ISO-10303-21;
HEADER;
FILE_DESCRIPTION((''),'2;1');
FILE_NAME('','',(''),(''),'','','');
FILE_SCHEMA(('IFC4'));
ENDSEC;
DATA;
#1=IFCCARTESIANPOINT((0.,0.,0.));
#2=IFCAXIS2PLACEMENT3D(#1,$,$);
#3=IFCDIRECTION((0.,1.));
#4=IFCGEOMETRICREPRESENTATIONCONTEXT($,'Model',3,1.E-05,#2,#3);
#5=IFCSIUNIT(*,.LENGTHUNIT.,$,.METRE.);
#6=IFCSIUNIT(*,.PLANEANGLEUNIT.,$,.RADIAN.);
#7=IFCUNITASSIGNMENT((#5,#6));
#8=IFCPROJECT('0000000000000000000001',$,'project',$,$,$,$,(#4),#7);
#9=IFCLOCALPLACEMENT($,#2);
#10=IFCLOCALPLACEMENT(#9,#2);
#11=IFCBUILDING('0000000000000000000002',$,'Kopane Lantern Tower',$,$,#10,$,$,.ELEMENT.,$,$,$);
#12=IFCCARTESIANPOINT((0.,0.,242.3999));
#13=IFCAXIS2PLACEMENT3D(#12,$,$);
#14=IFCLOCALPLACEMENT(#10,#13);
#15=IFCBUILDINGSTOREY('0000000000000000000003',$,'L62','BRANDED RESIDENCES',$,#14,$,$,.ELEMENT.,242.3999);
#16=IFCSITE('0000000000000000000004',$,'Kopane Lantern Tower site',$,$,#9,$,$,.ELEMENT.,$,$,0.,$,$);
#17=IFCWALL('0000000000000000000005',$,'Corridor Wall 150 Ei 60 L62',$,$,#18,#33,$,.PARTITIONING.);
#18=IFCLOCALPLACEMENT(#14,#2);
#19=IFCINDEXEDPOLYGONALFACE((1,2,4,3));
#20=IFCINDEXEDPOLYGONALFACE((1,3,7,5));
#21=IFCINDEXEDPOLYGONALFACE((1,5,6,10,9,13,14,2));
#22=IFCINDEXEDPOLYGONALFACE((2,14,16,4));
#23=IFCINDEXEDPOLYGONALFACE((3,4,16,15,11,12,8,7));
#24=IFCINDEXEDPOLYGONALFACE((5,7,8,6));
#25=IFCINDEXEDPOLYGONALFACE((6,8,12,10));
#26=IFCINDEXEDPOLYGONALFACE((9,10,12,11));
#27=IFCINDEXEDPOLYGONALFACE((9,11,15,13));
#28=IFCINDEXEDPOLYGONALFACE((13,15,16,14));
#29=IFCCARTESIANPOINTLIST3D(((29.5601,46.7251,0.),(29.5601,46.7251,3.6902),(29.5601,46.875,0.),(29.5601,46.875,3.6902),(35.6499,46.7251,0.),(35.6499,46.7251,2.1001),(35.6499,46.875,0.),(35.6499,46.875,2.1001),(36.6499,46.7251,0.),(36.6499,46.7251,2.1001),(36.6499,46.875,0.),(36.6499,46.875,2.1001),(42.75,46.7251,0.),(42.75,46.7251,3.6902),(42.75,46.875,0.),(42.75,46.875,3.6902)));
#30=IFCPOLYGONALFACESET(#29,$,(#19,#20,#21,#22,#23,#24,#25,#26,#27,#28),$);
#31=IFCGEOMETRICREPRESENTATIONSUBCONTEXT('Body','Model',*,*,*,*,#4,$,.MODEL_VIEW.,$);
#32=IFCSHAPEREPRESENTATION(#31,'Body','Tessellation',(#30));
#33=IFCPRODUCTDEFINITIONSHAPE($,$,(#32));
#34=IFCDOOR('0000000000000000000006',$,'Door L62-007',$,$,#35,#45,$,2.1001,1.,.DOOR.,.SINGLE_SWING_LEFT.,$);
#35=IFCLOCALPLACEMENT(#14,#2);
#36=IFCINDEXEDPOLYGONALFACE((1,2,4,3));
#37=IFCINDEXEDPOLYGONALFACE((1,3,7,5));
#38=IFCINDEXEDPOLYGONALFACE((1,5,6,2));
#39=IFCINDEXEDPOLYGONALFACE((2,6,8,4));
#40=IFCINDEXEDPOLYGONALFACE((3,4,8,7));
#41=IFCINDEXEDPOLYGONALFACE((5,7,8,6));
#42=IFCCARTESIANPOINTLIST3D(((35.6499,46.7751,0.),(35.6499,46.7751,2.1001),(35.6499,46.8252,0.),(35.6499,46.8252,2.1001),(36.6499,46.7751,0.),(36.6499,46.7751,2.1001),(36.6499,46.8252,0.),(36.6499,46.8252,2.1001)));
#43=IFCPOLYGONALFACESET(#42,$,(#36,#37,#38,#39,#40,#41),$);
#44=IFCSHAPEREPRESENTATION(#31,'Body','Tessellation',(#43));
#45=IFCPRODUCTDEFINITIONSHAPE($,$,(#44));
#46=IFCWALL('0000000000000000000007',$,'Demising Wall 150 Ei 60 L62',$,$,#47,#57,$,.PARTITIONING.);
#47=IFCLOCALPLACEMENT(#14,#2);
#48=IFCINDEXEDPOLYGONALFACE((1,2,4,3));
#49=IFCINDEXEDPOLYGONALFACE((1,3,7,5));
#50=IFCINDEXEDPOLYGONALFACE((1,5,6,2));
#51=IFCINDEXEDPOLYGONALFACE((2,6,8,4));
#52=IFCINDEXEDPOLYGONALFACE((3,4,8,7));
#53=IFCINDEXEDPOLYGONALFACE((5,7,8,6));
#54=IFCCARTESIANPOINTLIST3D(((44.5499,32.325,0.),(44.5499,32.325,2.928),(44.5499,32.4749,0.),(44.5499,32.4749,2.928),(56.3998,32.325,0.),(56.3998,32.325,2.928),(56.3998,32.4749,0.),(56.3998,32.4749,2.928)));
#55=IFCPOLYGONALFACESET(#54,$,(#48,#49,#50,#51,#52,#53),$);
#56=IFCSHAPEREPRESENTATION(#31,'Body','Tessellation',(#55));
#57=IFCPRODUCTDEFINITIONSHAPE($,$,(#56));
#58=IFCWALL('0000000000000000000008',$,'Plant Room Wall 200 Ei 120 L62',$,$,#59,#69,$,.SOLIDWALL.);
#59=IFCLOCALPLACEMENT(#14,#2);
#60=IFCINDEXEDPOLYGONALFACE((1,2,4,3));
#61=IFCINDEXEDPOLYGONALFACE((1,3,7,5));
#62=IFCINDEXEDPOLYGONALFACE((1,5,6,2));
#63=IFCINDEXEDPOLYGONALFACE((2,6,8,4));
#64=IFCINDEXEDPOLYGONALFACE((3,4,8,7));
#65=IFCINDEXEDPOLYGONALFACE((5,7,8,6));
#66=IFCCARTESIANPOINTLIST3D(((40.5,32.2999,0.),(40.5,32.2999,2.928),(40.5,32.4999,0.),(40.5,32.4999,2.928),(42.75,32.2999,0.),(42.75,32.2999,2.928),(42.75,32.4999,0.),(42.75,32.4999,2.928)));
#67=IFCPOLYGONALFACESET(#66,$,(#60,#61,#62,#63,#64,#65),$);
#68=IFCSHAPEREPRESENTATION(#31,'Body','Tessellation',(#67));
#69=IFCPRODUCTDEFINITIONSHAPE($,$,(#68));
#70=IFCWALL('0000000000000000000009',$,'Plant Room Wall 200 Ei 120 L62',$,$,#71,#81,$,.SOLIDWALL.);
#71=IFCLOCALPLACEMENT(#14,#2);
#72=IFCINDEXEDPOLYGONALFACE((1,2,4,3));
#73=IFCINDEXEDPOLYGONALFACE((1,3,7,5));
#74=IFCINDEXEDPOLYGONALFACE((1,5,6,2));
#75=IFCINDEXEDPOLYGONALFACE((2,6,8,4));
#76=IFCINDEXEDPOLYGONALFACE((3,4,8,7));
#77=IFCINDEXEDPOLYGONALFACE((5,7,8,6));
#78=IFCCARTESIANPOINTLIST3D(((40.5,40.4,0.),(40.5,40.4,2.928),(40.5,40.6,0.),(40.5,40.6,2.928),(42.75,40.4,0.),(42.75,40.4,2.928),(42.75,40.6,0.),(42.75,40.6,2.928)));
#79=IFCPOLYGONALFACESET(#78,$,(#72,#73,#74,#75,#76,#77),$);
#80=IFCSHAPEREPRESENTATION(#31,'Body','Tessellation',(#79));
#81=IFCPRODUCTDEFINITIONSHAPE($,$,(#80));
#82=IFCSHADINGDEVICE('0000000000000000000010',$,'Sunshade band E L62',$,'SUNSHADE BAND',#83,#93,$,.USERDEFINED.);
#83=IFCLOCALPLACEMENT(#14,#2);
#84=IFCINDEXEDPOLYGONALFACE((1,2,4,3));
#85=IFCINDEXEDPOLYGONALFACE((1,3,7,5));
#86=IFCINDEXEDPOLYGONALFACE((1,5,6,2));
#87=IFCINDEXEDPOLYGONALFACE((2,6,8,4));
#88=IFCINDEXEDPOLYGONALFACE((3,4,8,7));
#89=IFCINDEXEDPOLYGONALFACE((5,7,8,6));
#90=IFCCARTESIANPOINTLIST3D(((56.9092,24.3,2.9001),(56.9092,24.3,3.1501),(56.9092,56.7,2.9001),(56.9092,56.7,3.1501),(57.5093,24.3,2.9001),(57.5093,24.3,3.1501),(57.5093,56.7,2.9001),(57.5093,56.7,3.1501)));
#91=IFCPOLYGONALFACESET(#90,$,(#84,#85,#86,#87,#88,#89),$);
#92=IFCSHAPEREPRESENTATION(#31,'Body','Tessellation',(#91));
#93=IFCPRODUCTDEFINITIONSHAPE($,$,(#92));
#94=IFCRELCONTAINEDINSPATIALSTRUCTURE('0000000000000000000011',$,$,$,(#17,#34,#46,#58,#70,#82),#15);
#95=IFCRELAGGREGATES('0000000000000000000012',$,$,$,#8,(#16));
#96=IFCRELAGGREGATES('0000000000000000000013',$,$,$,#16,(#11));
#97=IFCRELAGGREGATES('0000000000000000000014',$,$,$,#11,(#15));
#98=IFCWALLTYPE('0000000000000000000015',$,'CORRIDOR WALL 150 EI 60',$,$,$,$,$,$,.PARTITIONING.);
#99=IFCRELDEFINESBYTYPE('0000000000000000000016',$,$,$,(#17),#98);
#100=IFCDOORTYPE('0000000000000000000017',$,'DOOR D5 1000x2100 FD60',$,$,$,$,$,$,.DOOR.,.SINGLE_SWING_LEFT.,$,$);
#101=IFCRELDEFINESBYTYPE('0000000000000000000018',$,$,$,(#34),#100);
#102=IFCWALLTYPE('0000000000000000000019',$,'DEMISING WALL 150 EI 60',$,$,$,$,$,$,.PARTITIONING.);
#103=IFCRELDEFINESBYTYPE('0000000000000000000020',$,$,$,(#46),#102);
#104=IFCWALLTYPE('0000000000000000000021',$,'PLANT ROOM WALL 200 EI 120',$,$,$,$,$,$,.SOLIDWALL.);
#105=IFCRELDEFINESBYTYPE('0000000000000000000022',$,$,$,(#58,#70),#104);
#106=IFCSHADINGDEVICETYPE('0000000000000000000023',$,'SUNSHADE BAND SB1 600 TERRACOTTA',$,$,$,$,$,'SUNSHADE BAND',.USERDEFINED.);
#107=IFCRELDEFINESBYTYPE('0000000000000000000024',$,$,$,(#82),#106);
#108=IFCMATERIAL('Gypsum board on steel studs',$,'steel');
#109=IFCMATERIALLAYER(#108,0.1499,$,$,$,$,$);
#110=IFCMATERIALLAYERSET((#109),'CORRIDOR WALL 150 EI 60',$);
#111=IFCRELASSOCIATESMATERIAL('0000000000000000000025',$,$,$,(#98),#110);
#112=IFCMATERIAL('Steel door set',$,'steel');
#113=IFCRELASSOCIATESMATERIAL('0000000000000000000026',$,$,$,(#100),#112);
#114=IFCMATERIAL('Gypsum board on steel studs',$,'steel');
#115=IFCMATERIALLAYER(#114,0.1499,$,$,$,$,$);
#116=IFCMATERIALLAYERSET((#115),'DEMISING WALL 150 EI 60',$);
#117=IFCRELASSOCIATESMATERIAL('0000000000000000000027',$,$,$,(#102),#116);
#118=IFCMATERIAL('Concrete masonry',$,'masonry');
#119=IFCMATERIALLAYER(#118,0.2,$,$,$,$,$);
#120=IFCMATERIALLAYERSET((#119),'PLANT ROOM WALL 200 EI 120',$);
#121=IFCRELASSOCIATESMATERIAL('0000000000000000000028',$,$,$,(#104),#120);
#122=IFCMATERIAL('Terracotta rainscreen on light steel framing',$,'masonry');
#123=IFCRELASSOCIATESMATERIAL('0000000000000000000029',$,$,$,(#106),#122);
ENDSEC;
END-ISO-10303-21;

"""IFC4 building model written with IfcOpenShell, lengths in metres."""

from ifc_helpers import new_model, si_unit, direction, frame, frame_2d, origin, origin_2d, place, context, subcontext, project, spatial, rectangle, extrude, material, layer, layer_set, type_object, element, fill, save


model = new_model("IFC4")

# Units and contexts
model_context = context("Model", 3, precision=1e-05, world=origin(), true_north=direction((0.0, 1.0)))
body_context = subcontext(model_context, "Body", "Model", "MODEL_VIEW")
ifc_project = project(units=[si_unit("LENGTHUNIT", "METRE"), si_unit("PLANEANGLEUNIT", "RADIAN")], contexts=[model_context])

# Site, building, storey
site_placement = place(None, origin())
site = spatial("IfcSite", under=ifc_project, at=site_placement, Name="Kopane Lantern Tower site", CompositionType="ELEMENT", RefElevation=0.0)
building_placement = place(site_placement, origin())
building = spatial("IfcBuilding", under=site, at=building_placement, Name="Kopane Lantern Tower", CompositionType="ELEMENT")
storey_placement = place(building_placement, frame((0.0, 0.0, 242.3999)))
storey = spatial("IfcBuildingStorey", under=building, at=storey_placement, Name="L62", Description="BRANDED RESIDENCES", CompositionType="ELEMENT", Elevation=242.3999)

# Wall, opening, door
ifc_material_1 = material(Name="Gypsum board on steel studs", Category="steel")
ifc_layer_1 = layer(ifc_material_1, 0.1499)
ifc_layer_set_1 = layer_set([ifc_layer_1], Name="CORRIDOR WALL 150 EI 60")
wall_type_1 = type_object("IfcWallType", Name="CORRIDOR WALL 150 EI 60", PredefinedType="PARTITIONING", material=ifc_layer_set_1)
wall_1_placement = place(storey_placement, frame((42.75, 46.8, 0.0), z_axis=(0.0, 0.0, 1.0), x_axis=(-1.0, 0.0, 0.0)))
wall_1 = element("IfcWall", 1, at=wall_1_placement, inside=storey, type_object=wall_type_1, Name="Corridor Wall 150 Ei 60 L62", PredefinedType="PARTITIONING", context=body_context, shape_type="SweptSolid", body=[
    extrude(rectangle(XDim=13.1899, YDim=0.1499, at=frame_2d((6.595, 0.0))), origin(), (0.0, 0.0, 1.0), 3.6902),
])
opening_1_placement = place(wall_1_placement, frame((6.1001, 0.0, 0.0)))
opening_1 = element("IfcOpeningElement", 2, at=opening_1_placement, cuts=wall_1, PredefinedType="OPENING", context=body_context, shape_type="SweptSolid", body=[
    extrude(rectangle(XDim=1.0, YDim=2.1001, at=frame_2d((0.5, 1.05))), frame((0.0, 0.085, 0.0), z_axis=(0.0, -1.0, 0.0), x_axis=(1.0, 0.0, 0.0)), (0.0, 0.0, 1.0), 0.1699),
])
ifc_material_2 = material(Name="Steel door set", Category="steel")
door_type_1 = type_object("IfcDoorType", Name="DOOR D5 1000x2100 FD60", OperationType="SINGLE_SWING_LEFT", PredefinedType="DOOR", material=ifc_material_2)
door_1_placement = place(opening_1_placement, origin())
door_1 = element("IfcDoor", 3, at=door_1_placement, inside=storey, type_object=door_type_1, Name="Door L62-007", OperationType="SINGLE_SWING_LEFT", OverallHeight=2.1001, OverallWidth=1.0, PredefinedType="DOOR", context=body_context, shape_type="SweptSolid", body=[
    extrude(rectangle(XDim=1.0, YDim=2.1001, at=frame_2d((0.5, 1.05))), frame((0.0, 0.0249, 0.0), z_axis=(0.0, -1.0, 0.0), x_axis=(1.0, 0.0, 0.0)), (0.0, 0.0, 1.0), 0.05),
])
fill(opening_1, door_1)

# Walls
ifc_material_3 = material(Name="Gypsum board on steel studs", Category="steel")
ifc_layer_2 = layer(ifc_material_3, 0.1499)
ifc_layer_set_2 = layer_set([ifc_layer_2], Name="DEMISING WALL 150 EI 60")
wall_type_2 = type_object("IfcWallType", Name="DEMISING WALL 150 EI 60", PredefinedType="PARTITIONING", material=ifc_layer_set_2)
wall_2_placement = place(storey_placement, frame((44.55, 32.3999, 0.0), z_axis=(0.0, 0.0, 1.0), x_axis=(1.0, 0.0, 0.0)))
element("IfcWall", 4, at=wall_2_placement, inside=storey, type_object=wall_type_2, Name="Demising Wall 150 Ei 60 L62", PredefinedType="PARTITIONING", context=body_context, shape_type="SweptSolid", body=[
    extrude(rectangle(XDim=11.8499, YDim=0.1499, at=frame_2d((5.9248, 0.0))), origin(), (0.0, 0.0, 1.0), 2.928),
])
ifc_material_4 = material(Name="Concrete masonry", Category="masonry")
ifc_layer_3 = layer(ifc_material_4, 0.2)
ifc_layer_set_3 = layer_set([ifc_layer_3], Name="PLANT ROOM WALL 200 EI 120")
wall_type_3 = type_object("IfcWallType", Name="PLANT ROOM WALL 200 EI 120", PredefinedType="SOLIDWALL", material=ifc_layer_set_3)
for number, where, z_axis, x_axis, name in (
    (5, (40.5, 32.3999, 0.0), (0.0, 0.0, 1.0), (1.0, 0.0, 0.0), "Plant Room Wall 200 Ei 120 L62"),
    (6, (40.5, 40.5, 0.0), (0.0, 0.0, 1.0), (1.0, 0.0, 0.0), "Plant Room Wall 200 Ei 120 L62"),
):
    element("IfcWall", number, at=place(storey_placement, frame(where, z_axis=z_axis, x_axis=x_axis)), inside=storey, type_object=wall_type_3, Name=name, PredefinedType="SOLIDWALL", context=body_context, shape_type="SweptSolid", body=[
        extrude(rectangle(XDim=2.25, YDim=0.2, at=frame_2d((1.125, 0.0))), origin(), (0.0, 0.0, 1.0), 2.928),
    ])

# Shading device
ifc_material_5 = material(Name="Terracotta rainscreen on light steel framing", Category="masonry")
shading_device_type = type_object("IfcShadingDeviceType", Name="SUNSHADE BAND SB1 600 TERRACOTTA", ElementType="SUNSHADE BAND", PredefinedType="USERDEFINED", material=ifc_material_5)
shading_device_placement = place(storey_placement, frame((57.2092, 40.5, 2.9001), z_axis=(0.0, 0.0, 1.0), x_axis=(0.0, 1.0, 0.0)))
element("IfcShadingDevice", 7, at=shading_device_placement, inside=storey, type_object=shading_device_type, Name="Sunshade band E L62", ObjectType="SUNSHADE BAND", PredefinedType="USERDEFINED", context=body_context, shape_type="SweptSolid", body=[
    extrude(rectangle(XDim=32.3999, YDim=0.6001, at=origin_2d()), origin(), (0.0, 0.0, 1.0), 0.25),
])

save(model, "model.ifc")
